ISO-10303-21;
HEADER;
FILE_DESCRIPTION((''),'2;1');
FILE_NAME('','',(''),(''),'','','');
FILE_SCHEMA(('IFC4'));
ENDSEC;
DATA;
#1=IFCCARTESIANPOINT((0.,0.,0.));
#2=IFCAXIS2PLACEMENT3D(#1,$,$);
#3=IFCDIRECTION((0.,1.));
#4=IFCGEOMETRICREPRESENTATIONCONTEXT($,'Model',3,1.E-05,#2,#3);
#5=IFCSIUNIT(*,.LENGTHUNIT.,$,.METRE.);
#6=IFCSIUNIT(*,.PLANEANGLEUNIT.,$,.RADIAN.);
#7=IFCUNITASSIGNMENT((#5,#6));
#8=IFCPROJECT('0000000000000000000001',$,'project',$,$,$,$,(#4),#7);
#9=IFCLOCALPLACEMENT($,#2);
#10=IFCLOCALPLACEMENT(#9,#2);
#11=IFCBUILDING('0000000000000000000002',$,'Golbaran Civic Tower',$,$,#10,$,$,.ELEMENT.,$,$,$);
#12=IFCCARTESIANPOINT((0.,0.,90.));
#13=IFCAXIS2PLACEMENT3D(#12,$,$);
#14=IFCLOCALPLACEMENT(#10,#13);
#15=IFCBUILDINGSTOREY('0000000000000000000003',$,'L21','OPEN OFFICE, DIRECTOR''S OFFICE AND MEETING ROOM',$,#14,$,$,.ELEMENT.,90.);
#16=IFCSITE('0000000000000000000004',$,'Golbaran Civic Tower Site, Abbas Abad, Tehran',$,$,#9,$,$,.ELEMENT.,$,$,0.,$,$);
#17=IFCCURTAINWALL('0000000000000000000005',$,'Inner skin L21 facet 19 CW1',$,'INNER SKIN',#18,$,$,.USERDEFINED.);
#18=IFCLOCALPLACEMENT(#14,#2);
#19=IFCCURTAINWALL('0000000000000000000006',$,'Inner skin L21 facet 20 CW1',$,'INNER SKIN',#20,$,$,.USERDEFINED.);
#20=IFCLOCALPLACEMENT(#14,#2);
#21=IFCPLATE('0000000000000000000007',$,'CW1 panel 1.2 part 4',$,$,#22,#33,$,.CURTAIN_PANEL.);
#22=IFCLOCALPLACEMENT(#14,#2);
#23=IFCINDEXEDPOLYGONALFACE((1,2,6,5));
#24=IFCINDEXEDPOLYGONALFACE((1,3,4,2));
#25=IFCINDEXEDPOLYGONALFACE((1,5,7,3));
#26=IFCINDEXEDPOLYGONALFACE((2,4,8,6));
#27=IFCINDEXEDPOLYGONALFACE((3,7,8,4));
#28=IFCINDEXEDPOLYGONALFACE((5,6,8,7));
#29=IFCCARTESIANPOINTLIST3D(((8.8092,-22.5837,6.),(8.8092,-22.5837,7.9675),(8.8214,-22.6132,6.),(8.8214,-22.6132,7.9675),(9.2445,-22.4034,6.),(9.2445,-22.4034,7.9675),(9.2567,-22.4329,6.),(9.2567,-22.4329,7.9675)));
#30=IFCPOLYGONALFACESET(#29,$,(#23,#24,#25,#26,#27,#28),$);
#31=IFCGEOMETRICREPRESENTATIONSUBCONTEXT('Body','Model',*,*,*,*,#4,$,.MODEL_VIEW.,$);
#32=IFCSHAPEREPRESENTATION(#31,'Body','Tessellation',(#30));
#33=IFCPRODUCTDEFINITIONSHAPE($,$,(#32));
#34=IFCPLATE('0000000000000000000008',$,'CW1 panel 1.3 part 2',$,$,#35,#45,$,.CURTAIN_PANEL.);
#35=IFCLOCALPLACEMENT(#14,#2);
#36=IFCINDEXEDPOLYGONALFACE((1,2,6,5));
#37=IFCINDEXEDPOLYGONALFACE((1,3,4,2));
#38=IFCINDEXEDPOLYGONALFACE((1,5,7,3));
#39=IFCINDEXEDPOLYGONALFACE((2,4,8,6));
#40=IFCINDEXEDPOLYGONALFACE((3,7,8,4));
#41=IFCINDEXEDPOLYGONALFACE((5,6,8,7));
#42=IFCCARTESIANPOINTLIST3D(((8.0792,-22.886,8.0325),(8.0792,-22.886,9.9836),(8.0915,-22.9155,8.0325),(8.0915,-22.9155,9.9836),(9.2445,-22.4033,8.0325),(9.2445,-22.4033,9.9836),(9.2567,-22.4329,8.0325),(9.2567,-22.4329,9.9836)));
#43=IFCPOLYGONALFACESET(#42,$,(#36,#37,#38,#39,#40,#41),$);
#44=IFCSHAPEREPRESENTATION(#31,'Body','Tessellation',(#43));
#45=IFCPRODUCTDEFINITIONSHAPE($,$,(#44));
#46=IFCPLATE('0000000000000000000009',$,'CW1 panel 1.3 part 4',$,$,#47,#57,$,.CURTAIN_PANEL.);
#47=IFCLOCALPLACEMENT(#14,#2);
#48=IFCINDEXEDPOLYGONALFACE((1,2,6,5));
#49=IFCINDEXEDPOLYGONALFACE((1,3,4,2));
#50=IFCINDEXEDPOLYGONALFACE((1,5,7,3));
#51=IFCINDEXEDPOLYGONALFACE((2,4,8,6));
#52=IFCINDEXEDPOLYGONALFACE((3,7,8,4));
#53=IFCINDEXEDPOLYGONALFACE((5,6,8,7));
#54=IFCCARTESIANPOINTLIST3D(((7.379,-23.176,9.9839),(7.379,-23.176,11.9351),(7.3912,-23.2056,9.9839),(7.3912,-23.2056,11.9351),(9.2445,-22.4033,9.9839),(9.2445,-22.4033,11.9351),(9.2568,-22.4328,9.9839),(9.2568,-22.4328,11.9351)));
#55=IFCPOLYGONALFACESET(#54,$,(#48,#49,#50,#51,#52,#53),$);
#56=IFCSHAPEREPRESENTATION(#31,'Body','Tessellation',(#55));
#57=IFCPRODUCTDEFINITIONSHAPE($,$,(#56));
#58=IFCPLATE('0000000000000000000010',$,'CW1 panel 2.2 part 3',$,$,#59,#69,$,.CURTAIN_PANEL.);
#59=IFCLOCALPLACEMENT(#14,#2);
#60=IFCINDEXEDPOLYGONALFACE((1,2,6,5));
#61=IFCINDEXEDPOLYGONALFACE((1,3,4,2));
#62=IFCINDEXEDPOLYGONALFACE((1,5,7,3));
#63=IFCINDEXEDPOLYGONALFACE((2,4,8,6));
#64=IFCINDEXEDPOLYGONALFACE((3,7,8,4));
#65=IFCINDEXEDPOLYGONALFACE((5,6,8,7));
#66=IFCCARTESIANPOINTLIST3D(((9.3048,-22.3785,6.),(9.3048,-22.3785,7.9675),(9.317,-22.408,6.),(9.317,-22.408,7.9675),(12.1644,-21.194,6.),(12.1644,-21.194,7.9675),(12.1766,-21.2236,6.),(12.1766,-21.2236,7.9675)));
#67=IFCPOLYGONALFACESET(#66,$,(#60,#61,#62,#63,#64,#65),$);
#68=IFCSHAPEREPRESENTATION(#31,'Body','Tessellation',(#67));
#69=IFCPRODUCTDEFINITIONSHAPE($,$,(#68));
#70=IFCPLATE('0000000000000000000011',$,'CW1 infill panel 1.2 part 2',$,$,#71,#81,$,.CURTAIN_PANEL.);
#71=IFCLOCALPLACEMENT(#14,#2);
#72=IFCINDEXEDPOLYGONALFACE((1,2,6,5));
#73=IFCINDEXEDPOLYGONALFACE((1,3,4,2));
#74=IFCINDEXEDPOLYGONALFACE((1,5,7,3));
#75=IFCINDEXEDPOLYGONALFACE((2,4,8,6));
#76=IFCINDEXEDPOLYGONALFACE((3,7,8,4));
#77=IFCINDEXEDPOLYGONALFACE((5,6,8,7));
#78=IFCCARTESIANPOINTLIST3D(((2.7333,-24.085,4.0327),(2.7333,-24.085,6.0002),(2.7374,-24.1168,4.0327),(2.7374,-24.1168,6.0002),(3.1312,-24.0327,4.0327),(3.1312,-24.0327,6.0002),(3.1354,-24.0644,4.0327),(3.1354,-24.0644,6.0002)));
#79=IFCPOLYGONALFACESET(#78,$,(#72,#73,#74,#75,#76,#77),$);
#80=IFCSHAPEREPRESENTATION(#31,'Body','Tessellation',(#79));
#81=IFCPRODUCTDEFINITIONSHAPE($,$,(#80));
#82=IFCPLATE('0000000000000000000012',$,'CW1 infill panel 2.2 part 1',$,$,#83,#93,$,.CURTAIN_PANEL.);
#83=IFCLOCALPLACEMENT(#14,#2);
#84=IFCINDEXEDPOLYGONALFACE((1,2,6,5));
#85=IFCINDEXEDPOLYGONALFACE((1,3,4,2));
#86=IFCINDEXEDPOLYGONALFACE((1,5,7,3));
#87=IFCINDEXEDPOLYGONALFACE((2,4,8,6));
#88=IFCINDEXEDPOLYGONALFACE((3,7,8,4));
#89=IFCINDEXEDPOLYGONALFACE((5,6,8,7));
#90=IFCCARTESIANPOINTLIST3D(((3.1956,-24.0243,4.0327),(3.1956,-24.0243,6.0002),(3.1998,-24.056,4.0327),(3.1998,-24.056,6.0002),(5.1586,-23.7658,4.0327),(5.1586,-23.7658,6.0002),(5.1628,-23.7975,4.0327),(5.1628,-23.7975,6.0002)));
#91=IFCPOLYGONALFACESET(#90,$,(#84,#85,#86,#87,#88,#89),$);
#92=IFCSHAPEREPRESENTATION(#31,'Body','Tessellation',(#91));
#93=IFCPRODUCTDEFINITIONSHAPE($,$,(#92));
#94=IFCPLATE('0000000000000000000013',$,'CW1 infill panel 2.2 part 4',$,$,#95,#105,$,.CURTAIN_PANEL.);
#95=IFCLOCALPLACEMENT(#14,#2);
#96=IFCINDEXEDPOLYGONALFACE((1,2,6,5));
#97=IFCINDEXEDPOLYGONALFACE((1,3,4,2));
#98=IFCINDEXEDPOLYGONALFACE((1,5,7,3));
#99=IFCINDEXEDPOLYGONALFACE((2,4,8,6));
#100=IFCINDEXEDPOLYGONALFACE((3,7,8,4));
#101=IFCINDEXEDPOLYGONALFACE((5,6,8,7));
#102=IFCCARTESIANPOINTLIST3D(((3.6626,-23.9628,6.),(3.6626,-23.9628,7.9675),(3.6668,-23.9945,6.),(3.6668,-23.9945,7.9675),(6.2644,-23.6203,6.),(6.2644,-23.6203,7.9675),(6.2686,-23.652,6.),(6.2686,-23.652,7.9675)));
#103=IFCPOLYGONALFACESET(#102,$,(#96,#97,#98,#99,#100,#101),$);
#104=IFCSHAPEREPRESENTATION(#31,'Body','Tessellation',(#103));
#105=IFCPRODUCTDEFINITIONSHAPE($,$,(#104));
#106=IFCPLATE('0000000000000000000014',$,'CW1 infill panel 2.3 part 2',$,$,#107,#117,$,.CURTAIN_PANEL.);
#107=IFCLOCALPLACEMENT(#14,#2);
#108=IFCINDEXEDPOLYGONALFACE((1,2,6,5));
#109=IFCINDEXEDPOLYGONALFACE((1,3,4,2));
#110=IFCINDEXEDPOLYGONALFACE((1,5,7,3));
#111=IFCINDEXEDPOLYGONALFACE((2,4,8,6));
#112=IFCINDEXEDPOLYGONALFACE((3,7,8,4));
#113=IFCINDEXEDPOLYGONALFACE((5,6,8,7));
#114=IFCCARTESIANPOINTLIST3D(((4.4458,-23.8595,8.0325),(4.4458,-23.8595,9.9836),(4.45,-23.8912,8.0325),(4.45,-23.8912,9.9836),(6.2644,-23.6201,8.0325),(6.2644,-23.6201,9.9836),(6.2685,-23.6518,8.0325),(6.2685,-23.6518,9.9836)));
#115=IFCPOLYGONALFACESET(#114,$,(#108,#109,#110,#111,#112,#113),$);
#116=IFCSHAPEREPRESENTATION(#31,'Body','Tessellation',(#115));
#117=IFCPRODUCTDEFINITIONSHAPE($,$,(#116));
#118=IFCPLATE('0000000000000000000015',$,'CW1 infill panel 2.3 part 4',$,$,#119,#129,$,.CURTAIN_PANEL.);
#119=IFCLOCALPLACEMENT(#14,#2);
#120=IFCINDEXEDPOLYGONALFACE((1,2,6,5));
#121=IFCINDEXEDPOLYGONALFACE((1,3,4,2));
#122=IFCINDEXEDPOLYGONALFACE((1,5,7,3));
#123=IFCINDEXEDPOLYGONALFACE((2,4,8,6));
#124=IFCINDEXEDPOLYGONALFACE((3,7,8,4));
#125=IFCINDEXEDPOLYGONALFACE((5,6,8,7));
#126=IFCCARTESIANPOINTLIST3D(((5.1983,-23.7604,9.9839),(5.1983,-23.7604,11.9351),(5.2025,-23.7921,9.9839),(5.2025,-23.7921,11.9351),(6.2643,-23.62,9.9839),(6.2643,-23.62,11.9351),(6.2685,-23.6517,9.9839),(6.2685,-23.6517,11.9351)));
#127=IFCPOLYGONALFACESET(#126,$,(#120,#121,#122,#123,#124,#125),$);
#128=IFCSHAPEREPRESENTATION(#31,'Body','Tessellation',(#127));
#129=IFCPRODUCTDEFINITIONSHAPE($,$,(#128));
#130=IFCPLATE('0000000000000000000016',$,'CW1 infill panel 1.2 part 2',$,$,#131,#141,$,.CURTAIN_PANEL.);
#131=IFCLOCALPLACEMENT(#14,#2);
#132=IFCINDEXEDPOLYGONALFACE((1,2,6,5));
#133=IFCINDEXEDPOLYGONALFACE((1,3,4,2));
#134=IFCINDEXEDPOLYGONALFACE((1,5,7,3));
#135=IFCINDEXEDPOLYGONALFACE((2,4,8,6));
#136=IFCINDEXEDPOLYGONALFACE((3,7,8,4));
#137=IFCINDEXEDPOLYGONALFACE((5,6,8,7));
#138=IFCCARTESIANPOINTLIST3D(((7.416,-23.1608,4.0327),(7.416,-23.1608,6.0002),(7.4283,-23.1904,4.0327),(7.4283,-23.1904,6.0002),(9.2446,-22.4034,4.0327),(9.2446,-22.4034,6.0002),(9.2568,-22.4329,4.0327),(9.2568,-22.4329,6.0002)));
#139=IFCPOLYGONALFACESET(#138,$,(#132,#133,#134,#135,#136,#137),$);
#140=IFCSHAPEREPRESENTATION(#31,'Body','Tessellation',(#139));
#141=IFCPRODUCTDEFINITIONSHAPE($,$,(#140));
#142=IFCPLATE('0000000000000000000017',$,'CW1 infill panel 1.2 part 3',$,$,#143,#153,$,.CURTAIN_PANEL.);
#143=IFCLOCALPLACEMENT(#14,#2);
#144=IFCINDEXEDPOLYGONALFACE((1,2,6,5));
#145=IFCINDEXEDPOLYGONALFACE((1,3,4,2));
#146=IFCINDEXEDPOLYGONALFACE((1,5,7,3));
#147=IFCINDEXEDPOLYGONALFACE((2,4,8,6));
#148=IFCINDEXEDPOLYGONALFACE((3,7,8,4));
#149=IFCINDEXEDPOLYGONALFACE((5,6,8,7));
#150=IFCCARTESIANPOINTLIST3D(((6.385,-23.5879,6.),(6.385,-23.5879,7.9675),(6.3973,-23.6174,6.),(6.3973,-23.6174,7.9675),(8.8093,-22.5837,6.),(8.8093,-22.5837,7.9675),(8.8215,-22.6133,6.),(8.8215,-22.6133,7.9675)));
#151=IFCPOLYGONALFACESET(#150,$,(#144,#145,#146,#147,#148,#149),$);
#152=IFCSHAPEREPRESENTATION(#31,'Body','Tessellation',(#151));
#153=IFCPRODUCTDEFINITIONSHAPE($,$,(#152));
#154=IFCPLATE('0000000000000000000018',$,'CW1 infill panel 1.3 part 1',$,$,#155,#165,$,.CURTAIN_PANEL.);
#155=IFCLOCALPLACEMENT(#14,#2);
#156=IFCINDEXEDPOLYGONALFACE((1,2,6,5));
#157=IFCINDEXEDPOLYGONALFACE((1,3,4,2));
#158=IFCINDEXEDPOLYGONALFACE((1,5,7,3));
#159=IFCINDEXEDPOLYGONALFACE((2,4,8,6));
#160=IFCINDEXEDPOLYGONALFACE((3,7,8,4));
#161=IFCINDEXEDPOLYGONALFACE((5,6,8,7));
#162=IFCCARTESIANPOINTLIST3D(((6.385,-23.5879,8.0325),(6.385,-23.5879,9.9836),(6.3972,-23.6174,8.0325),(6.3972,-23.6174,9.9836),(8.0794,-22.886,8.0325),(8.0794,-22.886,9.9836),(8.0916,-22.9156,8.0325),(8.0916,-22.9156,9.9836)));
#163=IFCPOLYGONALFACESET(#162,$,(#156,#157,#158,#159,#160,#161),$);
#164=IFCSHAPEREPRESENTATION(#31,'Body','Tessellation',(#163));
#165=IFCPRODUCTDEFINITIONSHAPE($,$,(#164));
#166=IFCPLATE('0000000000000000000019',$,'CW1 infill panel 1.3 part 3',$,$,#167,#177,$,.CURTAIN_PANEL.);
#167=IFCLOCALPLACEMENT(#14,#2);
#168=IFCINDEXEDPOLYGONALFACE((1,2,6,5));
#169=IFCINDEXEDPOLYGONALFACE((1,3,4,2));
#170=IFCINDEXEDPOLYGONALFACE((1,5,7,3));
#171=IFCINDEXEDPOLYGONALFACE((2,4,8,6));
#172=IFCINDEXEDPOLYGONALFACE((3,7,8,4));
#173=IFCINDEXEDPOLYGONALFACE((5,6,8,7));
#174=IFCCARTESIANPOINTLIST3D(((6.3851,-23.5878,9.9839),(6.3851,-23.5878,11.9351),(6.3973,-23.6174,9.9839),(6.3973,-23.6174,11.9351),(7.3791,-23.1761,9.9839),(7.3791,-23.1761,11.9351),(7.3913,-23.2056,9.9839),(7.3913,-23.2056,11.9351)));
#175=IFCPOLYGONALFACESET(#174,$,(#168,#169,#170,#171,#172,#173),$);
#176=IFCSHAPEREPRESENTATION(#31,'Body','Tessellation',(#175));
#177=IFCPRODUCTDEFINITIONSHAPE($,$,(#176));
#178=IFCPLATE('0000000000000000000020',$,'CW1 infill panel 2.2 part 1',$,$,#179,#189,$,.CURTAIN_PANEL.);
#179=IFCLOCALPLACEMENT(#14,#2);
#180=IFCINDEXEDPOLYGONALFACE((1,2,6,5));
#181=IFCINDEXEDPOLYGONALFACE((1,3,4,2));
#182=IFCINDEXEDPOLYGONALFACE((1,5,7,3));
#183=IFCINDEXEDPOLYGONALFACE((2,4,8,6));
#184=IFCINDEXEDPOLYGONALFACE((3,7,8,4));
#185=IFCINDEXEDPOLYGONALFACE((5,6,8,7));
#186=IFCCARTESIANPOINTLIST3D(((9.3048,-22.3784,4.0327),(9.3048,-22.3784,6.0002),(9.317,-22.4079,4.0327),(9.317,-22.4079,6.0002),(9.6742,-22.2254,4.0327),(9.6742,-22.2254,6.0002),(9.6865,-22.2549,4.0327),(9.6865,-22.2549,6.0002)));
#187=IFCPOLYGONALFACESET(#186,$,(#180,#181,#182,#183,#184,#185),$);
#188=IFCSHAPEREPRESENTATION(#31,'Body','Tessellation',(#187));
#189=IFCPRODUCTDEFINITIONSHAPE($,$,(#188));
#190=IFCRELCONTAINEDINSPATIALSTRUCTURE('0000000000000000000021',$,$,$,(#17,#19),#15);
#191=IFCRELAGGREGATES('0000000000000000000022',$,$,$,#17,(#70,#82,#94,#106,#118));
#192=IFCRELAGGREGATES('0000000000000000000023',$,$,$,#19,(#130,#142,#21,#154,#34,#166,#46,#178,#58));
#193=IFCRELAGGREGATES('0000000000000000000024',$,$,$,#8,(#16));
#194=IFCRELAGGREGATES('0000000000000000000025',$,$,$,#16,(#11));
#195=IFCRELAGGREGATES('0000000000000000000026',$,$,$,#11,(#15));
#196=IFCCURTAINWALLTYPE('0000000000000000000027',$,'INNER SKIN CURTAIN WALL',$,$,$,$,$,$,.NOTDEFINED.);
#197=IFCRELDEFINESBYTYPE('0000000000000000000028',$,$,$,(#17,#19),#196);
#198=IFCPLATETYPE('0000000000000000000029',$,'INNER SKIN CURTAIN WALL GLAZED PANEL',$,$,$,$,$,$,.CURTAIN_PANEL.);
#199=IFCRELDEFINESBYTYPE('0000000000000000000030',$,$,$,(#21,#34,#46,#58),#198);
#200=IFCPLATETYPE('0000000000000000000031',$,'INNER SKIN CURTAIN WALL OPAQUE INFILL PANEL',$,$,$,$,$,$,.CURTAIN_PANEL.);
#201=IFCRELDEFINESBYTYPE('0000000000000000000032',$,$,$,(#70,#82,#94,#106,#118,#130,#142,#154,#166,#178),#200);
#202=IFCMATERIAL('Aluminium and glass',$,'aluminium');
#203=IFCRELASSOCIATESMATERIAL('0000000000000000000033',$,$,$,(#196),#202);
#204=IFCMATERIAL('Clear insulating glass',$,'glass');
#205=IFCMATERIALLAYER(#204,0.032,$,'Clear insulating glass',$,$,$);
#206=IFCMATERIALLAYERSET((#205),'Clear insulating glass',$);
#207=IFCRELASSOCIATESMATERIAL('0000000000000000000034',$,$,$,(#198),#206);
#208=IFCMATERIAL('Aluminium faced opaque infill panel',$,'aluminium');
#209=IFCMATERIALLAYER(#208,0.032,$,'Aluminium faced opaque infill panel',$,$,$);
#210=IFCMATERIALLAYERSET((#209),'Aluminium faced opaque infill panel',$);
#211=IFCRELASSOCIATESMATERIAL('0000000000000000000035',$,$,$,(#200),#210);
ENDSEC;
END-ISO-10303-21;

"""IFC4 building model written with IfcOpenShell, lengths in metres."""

from ifc_helpers import new_model, si_unit, direction, frame, origin, origin_2d, place, context, subcontext, project, spatial, rectangle, extrude, material, layer, layer_set, type_object, element, aggregate, save


model = new_model("IFC4")

# Units and contexts
model_context = context("Model", 3, precision=1e-05, world=origin(), true_north=direction((0.0, 1.0)))
body_context = subcontext(model_context, "Body", "Model", "MODEL_VIEW")
ifc_project = project(units=[si_unit("LENGTHUNIT", "METRE"), si_unit("PLANEANGLEUNIT", "RADIAN")], contexts=[model_context])

# Site, building, storey
site_placement = place(None, origin())
site = spatial("IfcSite", under=ifc_project, at=site_placement, Name="Golbaran Civic Tower Site, Abbas Abad, Tehran", CompositionType="ELEMENT", RefElevation=0.0)
building_placement = place(site_placement, origin())
building = spatial("IfcBuilding", under=site, at=building_placement, Name="Golbaran Civic Tower", CompositionType="ELEMENT")
storey_placement = place(building_placement, frame((0.0, 0.0, 90.0)))
storey = spatial("IfcBuildingStorey", under=building, at=storey_placement, Name="L21", Description="OPEN OFFICE, DIRECTOR'S OFFICE AND MEETING ROOM", CompositionType="ELEMENT", Elevation=90.0)

# Curtain walls
ifc_material_1 = material(Name="Aluminium and glass", Category="aluminium")
curtain_wall_type = type_object("IfcCurtainWallType", Name="INNER SKIN CURTAIN WALL", PredefinedType="NOTDEFINED", material=ifc_material_1)
curtain_wall_1_placement = place(storey_placement, origin())
curtain_wall_1 = element("IfcCurtainWall", 1, at=curtain_wall_1_placement, inside=storey, type_object=curtain_wall_type, Name="Inner skin L21 facet 19 CW1", ObjectType="INNER SKIN", PredefinedType="USERDEFINED")
curtain_wall_2_placement = place(storey_placement, origin())
curtain_wall_2 = element("IfcCurtainWall", 2, at=curtain_wall_2_placement, inside=storey, type_object=curtain_wall_type, Name="Inner skin L21 facet 20 CW1", ObjectType="INNER SKIN", PredefinedType="USERDEFINED")

# Plates
ifc_material_2 = material(Name="Clear insulating glass", Category="glass")
ifc_layer_1 = layer(ifc_material_2, 0.032, Name="Clear insulating glass")
ifc_layer_set_1 = layer_set([ifc_layer_1], Name="Clear insulating glass")
plate_type_1 = type_object("IfcPlateType", Name="INNER SKIN CURTAIN WALL GLAZED PANEL", PredefinedType="CURTAIN_PANEL", material=ifc_layer_set_1)
plate_1_placement = place(storey_placement, frame((9.033, -22.5083, 6.0), z_axis=(0.0, 0.0, 1.0), x_axis=(0.92388, 0.382683, 0.0)))
plate_1 = element("IfcPlate", 3, at=plate_1_placement, type_object=plate_type_1, Name="CW1 panel 1.2 part 4", PredefinedType="CURTAIN_PANEL", context=body_context, shape_type="SweptSolid", body=[
    extrude(rectangle(XDim=0.4712, YDim=0.032, at=origin_2d()), origin(), (0.0, 0.0, 1.0), 1.9675),
])
plate_2_placement = place(storey_placement, frame((8.668, -22.6594, 8.0325), z_axis=(0.0, 0.0, 1.0), x_axis=(0.92388, 0.382683, 0.0)))
plate_2 = element("IfcPlate", 4, at=plate_2_placement, type_object=plate_type_1, Name="CW1 panel 1.3 part 2", PredefinedType="CURTAIN_PANEL", context=body_context, shape_type="SweptSolid", body=[
    extrude(rectangle(XDim=1.2612, YDim=0.032, at=origin_2d()), origin(), (0.0, 0.0, 1.0), 1.9512),
])
plate_3_placement = place(storey_placement, frame((8.3179, -22.8044, 9.9839), z_axis=(0.0, 0.0, 1.0), x_axis=(0.92388, 0.382683, 0.0)))
plate_3 = element("IfcPlate", 5, at=plate_3_placement, type_object=plate_type_1, Name="CW1 panel 1.3 part 4", PredefinedType="CURTAIN_PANEL", context=body_context, shape_type="SweptSolid", body=[
    extrude(rectangle(XDim=2.0193, YDim=0.032, at=origin_2d()), origin(), (0.0, 0.0, 1.0), 1.9512),
])
plate_4_placement = place(storey_placement, frame((10.7407, -21.801, 6.0), z_axis=(0.0, 0.0, 1.0), x_axis=(0.92388, 0.382683, 0.0)))
plate_4 = element("IfcPlate", 6, at=plate_4_placement, type_object=plate_type_1, Name="CW1 panel 2.2 part 3", PredefinedType="CURTAIN_PANEL", context=body_context, shape_type="SweptSolid", body=[
    extrude(rectangle(XDim=3.0952, YDim=0.032, at=origin_2d()), origin(), (0.0, 0.0, 1.0), 1.9675),
])
ifc_material_3 = material(Name="Aluminium faced opaque infill panel", Category="aluminium")
ifc_layer_2 = layer(ifc_material_3, 0.032, Name="Aluminium faced opaque infill panel")
ifc_layer_set_2 = layer_set([ifc_layer_2], Name="Aluminium faced opaque infill panel")
plate_type_2 = type_object("IfcPlateType", Name="INNER SKIN CURTAIN WALL OPAQUE INFILL PANEL", PredefinedType="CURTAIN_PANEL", material=ifc_layer_set_2)
plate_5_placement = place(storey_placement, frame((2.9343, -24.0747, 4.0327), z_axis=(0.0, 0.0, 1.0), x_axis=(0.991445, 0.130526, 0.0)))
plate_5 = element("IfcPlate", 7, at=plate_5_placement, type_object=plate_type_2, Name="CW1 infill panel 1.2 part 2", PredefinedType="CURTAIN_PANEL", context=body_context, shape_type="SweptSolid", body=[
    extrude(rectangle(XDim=0.4014, YDim=0.032, at=origin_2d()), origin(), (0.0, 0.0, 1.0), 1.9675),
])
plate_6_placement = place(storey_placement, frame((4.1792, -23.9109, 4.0327), z_axis=(0.0, 0.0, 1.0), x_axis=(0.991445, 0.130526, 0.0)))
plate_6 = element("IfcPlate", 8, at=plate_6_placement, type_object=plate_type_2, Name="CW1 infill panel 2.2 part 1", PredefinedType="CURTAIN_PANEL", context=body_context, shape_type="SweptSolid", body=[
    extrude(rectangle(XDim=1.98, YDim=0.032, at=origin_2d()), origin(), (0.0, 0.0, 1.0), 1.9675),
])
plate_7_placement = place(storey_placement, frame((4.9656, -23.8074, 6.0), z_axis=(0.0, 0.0, 1.0), x_axis=(0.991445, 0.130526, 0.0)))
plate_7 = element("IfcPlate", 9, at=plate_7_placement, type_object=plate_type_2, Name="CW1 infill panel 2.2 part 4", PredefinedType="CURTAIN_PANEL", context=body_context, shape_type="SweptSolid", body=[
    extrude(rectangle(XDim=2.6243, YDim=0.032, at=origin_2d()), origin(), (0.0, 0.0, 1.0), 1.9675),
])
plate_8_placement = place(storey_placement, frame((5.3572, -23.7556, 8.0325), z_axis=(0.0, 0.0, 1.0), x_axis=(0.991445, 0.130526, 0.0)))
plate_8 = element("IfcPlate", 10, at=plate_8_placement, type_object=plate_type_2, Name="CW1 infill panel 2.3 part 2", PredefinedType="CURTAIN_PANEL", context=body_context, shape_type="SweptSolid", body=[
    extrude(rectangle(XDim=1.8342, YDim=0.032, at=origin_2d()), origin(), (0.0, 0.0, 1.0), 1.9512),
])
plate_9_placement = place(storey_placement, frame((5.7334, -23.7061, 9.9839), z_axis=(0.0, 0.0, 1.0), x_axis=(0.991445, 0.130526, 0.0)))
plate_9 = element("IfcPlate", 11, at=plate_9_placement, type_object=plate_type_2, Name="CW1 infill panel 2.3 part 4", PredefinedType="CURTAIN_PANEL", context=body_context, shape_type="SweptSolid", body=[
    extrude(rectangle(XDim=1.0752, YDim=0.032, at=origin_2d()), origin(), (0.0, 0.0, 1.0), 1.9512),
])
aggregate(curtain_wall_1, [plate_5, plate_6, plate_7, plate_8, plate_9])
plate_10_placement = place(storey_placement, frame((8.3364, -22.7969, 4.0327), z_axis=(0.0, 0.0, 1.0), x_axis=(0.92388, 0.382683, 0.0)))
plate_10 = element("IfcPlate", 12, at=plate_10_placement, type_object=plate_type_2, Name="CW1 infill panel 1.2 part 2", PredefinedType="CURTAIN_PANEL", context=body_context, shape_type="SweptSolid", body=[
    extrude(rectangle(XDim=1.9792, YDim=0.032, at=origin_2d()), origin(), (0.0, 0.0, 1.0), 1.9675),
])
plate_11_placement = place(storey_placement, frame((7.6033, -23.1006, 6.0), z_axis=(0.0, 0.0, 1.0), x_axis=(0.92388, 0.382683, 0.0)))
plate_11 = element("IfcPlate", 13, at=plate_11_placement, type_object=plate_type_2, Name="CW1 infill panel 1.2 part 3", PredefinedType="CURTAIN_PANEL", context=body_context, shape_type="SweptSolid", body=[
    extrude(rectangle(XDim=2.624, YDim=0.032, at=origin_2d()), origin(), (0.0, 0.0, 1.0), 1.9675),
])
plate_12_placement = place(storey_placement, frame((7.2383, -23.2517, 8.0325), z_axis=(0.0, 0.0, 1.0), x_axis=(0.92388, 0.382683, 0.0)))
plate_12 = element("IfcPlate", 14, at=plate_12_placement, type_object=plate_type_2, Name="CW1 infill panel 1.3 part 1", PredefinedType="CURTAIN_PANEL", context=body_context, shape_type="SweptSolid", body=[
    extrude(rectangle(XDim=1.834, YDim=0.032, at=origin_2d()), origin(), (0.0, 0.0, 1.0), 1.9512),
])
plate_13_placement = place(storey_placement, frame((6.8882, -23.3967, 9.9839), z_axis=(0.0, 0.0, 1.0), x_axis=(0.92388, 0.382683, 0.0)))
plate_13 = element("IfcPlate", 15, at=plate_13_placement, type_object=plate_type_2, Name="CW1 infill panel 1.3 part 3", PredefinedType="CURTAIN_PANEL", context=body_context, shape_type="SweptSolid", body=[
    extrude(rectangle(XDim=1.0759, YDim=0.032, at=origin_2d()), origin(), (0.0, 0.0, 1.0), 1.9512),
])
plate_14_placement = place(storey_placement, frame((9.4956, -22.3167, 4.0327), z_axis=(0.0, 0.0, 1.0), x_axis=(0.92388, 0.382683, 0.0)))
plate_14 = element("IfcPlate", 16, at=plate_14_placement, type_object=plate_type_2, Name="CW1 infill panel 2.2 part 1", PredefinedType="CURTAIN_PANEL", context=body_context, shape_type="SweptSolid", body=[
    extrude(rectangle(XDim=0.3999, YDim=0.032, at=origin_2d()), origin(), (0.0, 0.0, 1.0), 1.9675),
])
aggregate(curtain_wall_2, [plate_10, plate_11, plate_1, plate_12, plate_2, plate_13, plate_3, plate_14, plate_4])

save(model, "model.ifc")
